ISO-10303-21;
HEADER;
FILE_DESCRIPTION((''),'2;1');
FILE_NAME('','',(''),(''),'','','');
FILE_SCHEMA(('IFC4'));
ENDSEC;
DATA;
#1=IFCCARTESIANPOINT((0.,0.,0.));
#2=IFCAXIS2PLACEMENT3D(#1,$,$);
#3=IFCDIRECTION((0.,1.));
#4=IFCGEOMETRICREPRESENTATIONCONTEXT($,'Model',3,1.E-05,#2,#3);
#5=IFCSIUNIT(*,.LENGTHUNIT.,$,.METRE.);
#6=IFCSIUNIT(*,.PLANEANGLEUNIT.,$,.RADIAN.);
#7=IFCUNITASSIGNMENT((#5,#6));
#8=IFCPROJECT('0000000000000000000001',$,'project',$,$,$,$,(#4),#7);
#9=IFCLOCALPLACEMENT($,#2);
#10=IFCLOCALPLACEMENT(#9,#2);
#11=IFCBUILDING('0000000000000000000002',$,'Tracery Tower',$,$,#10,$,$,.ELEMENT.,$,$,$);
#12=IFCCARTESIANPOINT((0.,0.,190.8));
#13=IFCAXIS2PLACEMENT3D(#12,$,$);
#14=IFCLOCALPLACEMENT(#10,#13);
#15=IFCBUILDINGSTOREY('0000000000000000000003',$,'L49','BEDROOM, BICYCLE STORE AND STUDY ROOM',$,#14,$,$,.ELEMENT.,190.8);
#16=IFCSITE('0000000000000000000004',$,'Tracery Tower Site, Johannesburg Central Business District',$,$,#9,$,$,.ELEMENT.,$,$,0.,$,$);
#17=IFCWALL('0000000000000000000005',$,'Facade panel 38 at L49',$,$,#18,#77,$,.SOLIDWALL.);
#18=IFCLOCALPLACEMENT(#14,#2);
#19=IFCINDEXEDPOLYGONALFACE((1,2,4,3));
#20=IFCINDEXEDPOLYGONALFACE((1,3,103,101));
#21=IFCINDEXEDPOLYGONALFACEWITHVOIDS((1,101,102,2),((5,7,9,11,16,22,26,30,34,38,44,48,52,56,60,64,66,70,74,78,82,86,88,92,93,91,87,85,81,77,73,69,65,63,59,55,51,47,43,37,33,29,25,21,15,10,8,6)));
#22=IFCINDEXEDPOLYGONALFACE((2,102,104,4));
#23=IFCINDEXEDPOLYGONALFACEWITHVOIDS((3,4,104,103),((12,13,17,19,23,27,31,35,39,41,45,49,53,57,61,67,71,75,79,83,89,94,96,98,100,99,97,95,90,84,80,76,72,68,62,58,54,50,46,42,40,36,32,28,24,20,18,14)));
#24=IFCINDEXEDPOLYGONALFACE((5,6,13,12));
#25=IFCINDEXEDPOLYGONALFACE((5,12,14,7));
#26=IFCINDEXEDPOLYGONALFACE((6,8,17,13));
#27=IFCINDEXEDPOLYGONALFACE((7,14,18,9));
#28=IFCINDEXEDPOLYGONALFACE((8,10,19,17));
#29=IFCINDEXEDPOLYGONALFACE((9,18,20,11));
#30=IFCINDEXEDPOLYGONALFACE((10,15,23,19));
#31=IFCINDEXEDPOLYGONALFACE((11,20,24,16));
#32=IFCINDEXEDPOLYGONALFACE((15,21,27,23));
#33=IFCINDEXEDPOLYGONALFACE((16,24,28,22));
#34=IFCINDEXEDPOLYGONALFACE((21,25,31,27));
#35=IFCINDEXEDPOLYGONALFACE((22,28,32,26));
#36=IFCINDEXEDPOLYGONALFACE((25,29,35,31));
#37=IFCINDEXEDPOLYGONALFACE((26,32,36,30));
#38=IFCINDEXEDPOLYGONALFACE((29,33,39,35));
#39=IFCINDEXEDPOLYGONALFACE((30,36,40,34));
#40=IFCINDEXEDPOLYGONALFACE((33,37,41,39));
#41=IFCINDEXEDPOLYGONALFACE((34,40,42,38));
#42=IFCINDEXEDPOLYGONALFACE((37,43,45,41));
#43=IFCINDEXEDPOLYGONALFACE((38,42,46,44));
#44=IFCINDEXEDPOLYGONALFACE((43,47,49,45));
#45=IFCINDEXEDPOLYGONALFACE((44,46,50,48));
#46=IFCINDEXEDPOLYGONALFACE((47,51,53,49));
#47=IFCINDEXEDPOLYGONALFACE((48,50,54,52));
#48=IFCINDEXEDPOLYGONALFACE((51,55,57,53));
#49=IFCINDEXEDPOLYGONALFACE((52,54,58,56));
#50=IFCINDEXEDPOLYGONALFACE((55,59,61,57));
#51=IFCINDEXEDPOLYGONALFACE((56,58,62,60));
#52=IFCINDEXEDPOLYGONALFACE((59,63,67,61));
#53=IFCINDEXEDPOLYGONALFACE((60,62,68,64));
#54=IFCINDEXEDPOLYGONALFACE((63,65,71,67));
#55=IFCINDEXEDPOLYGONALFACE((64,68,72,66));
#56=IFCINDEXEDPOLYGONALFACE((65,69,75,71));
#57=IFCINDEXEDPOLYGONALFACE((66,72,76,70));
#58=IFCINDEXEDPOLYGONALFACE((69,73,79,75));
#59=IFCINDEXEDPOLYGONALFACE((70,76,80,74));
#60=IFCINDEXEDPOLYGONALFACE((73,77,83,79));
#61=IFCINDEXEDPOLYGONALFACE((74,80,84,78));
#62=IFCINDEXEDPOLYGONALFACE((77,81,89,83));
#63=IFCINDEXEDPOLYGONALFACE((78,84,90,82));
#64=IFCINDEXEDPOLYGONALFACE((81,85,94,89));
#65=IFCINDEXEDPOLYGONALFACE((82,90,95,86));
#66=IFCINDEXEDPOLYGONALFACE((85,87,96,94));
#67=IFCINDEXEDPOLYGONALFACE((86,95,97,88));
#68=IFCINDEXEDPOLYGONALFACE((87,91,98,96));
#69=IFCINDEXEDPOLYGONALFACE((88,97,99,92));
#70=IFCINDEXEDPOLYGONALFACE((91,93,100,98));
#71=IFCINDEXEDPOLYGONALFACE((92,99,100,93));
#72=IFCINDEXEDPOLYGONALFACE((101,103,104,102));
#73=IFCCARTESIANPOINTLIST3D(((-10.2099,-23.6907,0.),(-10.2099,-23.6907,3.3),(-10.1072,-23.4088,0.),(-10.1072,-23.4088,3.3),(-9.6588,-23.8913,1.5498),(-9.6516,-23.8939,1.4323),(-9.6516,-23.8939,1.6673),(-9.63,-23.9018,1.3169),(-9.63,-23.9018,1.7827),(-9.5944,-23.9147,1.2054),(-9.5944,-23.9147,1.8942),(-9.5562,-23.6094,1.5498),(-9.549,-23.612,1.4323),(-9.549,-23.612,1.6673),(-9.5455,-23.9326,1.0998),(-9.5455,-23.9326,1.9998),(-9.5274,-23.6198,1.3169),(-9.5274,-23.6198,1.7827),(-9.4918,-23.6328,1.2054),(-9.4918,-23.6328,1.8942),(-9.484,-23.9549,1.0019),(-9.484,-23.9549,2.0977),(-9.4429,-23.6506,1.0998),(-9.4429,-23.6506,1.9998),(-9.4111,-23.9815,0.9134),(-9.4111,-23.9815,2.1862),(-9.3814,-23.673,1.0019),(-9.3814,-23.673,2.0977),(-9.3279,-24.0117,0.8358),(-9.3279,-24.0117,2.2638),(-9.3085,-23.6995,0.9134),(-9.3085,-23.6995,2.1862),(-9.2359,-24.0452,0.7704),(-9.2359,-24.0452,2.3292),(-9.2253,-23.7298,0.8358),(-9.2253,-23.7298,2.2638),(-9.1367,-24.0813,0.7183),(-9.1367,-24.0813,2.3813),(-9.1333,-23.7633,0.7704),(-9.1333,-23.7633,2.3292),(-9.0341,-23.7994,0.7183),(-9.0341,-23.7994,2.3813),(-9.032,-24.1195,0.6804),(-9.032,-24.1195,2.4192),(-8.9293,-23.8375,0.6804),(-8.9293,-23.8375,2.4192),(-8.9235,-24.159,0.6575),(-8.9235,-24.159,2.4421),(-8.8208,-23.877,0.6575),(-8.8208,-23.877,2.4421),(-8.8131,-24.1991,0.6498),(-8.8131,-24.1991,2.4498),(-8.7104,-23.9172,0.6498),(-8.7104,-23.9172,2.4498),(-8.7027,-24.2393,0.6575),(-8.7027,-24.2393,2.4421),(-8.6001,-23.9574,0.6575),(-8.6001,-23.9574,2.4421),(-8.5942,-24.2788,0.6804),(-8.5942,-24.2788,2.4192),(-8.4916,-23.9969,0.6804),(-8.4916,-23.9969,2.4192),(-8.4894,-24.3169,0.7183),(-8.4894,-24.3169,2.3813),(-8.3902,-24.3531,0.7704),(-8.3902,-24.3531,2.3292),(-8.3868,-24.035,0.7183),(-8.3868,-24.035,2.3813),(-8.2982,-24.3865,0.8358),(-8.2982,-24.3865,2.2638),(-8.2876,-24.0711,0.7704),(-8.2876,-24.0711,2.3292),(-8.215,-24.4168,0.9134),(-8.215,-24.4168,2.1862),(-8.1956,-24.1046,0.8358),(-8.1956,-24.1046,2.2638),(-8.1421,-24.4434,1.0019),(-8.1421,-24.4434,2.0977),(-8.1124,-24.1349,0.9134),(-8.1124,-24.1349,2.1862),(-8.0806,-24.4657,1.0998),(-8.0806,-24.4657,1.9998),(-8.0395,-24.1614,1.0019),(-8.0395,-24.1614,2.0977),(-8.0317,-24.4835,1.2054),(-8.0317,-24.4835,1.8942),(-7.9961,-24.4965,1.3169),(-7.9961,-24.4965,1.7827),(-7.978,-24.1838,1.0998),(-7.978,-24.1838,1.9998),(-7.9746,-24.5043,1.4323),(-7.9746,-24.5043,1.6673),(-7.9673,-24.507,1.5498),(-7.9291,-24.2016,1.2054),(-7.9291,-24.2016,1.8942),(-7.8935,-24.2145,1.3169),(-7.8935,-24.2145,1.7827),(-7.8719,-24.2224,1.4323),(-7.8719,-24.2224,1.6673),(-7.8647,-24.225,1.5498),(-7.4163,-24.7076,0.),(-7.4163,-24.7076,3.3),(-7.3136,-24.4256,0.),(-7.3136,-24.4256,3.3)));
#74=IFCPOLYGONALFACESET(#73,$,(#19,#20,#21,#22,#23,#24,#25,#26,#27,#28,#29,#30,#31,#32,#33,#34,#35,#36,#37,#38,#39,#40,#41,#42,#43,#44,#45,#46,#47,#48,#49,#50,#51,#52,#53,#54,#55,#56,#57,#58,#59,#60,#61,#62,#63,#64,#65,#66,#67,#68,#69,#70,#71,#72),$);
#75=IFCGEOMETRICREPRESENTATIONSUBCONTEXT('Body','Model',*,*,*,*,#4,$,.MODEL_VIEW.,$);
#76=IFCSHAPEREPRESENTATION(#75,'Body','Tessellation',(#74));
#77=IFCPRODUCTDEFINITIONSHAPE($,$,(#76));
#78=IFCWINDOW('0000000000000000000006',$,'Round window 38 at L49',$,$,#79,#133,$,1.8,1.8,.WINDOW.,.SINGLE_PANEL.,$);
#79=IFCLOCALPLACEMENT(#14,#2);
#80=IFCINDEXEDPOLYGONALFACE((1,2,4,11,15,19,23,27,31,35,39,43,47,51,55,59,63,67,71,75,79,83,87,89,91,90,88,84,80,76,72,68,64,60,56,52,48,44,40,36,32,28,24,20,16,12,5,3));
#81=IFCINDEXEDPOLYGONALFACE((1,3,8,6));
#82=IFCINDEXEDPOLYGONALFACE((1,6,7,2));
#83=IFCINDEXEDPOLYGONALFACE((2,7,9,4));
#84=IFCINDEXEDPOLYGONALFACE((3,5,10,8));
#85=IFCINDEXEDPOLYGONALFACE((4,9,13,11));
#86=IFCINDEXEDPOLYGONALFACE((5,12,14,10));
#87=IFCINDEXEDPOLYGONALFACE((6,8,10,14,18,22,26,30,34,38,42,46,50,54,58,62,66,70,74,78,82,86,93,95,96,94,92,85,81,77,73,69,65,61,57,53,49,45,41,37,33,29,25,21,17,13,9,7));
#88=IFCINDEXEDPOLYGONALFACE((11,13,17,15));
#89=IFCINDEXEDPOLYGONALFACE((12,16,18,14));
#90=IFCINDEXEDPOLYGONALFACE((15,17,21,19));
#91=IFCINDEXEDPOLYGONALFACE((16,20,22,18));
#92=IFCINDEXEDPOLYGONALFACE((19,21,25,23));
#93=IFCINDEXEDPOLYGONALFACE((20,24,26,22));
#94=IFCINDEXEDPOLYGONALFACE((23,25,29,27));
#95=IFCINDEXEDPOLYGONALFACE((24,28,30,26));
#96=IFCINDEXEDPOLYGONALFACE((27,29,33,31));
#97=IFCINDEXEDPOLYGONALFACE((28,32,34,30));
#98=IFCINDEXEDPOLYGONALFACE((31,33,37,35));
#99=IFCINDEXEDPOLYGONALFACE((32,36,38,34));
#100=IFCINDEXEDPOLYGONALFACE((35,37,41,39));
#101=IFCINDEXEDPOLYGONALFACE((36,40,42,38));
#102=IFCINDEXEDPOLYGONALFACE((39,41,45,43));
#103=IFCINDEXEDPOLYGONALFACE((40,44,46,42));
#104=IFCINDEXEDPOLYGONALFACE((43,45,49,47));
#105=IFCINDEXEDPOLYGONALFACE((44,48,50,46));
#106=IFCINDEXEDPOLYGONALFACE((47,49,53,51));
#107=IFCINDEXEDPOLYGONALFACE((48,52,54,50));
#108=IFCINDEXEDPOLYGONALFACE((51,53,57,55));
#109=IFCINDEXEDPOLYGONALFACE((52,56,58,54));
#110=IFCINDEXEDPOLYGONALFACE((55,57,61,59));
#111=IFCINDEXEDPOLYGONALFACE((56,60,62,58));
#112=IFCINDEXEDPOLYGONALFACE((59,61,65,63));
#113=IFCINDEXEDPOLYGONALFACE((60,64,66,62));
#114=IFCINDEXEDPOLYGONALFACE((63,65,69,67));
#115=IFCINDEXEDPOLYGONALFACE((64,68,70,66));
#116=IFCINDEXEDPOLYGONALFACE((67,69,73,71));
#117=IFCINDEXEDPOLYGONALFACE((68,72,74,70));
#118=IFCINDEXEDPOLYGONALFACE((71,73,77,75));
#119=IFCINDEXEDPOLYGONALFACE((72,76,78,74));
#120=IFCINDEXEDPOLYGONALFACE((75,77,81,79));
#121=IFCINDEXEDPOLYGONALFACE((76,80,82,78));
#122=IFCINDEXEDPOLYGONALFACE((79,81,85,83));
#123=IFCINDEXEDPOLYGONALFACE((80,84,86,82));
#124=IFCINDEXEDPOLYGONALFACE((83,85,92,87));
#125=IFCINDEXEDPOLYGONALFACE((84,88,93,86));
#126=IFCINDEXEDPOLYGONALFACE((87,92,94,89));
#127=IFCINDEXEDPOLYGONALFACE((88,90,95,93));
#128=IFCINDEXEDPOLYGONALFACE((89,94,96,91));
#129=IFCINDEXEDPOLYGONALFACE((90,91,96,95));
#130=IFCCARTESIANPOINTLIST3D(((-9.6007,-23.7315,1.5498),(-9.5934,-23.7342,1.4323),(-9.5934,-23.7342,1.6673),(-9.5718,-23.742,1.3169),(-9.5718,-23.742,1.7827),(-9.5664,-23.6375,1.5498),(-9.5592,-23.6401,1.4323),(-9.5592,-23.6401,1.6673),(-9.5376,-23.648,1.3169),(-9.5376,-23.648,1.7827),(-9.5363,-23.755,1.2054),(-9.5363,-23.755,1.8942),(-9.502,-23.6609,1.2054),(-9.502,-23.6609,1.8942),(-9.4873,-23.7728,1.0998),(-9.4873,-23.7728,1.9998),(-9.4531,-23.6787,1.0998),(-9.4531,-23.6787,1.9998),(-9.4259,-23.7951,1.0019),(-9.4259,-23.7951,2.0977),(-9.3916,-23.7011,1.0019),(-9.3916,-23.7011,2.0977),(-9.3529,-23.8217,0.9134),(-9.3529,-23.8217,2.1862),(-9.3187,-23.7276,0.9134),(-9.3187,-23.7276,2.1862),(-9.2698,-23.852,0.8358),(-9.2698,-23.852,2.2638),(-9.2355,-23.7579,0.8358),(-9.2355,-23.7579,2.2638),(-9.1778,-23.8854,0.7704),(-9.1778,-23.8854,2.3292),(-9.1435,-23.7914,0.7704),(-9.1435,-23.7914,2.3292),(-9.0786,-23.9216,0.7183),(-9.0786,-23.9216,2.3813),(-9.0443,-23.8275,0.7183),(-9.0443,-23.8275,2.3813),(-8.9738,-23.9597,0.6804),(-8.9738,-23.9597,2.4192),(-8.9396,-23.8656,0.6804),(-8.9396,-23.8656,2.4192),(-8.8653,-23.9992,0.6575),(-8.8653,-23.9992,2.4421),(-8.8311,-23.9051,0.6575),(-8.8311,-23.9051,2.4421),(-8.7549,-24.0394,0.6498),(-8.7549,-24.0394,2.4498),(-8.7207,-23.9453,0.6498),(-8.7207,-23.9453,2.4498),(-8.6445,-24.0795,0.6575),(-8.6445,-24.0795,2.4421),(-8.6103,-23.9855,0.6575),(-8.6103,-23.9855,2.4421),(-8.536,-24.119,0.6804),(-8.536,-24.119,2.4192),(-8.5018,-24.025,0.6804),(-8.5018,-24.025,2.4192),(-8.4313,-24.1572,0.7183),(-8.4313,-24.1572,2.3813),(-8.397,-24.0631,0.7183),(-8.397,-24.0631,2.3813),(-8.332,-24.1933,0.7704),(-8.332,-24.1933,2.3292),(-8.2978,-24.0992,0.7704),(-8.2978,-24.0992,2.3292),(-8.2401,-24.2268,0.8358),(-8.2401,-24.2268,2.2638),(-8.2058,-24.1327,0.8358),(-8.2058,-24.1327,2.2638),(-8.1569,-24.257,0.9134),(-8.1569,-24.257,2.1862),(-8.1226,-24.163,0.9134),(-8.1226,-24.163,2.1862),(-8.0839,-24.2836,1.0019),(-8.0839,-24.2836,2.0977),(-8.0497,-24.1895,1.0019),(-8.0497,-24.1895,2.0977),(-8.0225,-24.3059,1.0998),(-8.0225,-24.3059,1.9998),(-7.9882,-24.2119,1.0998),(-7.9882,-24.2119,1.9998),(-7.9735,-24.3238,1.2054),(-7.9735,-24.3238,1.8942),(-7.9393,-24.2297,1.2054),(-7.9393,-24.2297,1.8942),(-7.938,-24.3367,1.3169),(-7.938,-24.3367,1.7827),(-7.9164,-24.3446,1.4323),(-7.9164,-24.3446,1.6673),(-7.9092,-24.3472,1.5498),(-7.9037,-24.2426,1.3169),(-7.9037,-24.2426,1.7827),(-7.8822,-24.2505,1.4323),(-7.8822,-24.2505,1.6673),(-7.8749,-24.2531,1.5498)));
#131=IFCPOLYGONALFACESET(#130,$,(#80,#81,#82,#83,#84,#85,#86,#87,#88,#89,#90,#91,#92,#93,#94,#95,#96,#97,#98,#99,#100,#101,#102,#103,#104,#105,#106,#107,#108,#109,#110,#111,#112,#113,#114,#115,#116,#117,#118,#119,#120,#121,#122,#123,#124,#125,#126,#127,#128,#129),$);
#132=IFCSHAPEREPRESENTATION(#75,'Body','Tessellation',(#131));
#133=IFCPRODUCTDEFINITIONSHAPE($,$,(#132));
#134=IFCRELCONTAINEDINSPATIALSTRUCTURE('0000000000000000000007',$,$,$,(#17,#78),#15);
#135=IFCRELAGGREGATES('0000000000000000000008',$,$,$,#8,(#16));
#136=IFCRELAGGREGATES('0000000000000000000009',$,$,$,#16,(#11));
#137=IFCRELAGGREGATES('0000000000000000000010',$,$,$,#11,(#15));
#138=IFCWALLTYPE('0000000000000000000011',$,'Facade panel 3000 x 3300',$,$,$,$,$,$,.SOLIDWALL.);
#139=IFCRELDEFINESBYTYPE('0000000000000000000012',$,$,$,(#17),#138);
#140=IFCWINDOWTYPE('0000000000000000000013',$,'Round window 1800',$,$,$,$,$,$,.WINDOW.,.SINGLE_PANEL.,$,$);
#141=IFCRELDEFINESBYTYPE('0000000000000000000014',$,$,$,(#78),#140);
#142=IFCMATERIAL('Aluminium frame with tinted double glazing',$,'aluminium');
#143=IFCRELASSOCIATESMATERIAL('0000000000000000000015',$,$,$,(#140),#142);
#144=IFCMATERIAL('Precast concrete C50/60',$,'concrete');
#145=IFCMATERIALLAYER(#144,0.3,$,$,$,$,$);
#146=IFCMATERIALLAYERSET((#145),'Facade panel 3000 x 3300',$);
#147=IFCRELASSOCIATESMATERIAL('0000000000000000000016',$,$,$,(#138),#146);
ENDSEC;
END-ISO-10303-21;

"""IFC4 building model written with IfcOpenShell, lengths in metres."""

from ifc_helpers import new_model, si_unit, direction, frame, frame_2d, origin, origin_2d, place, context, subcontext, project, spatial, rectangle, circle, extrude, material, layer, layer_set, type_object, element, fill, save


model = new_model("IFC4")

# Units and contexts
model_context = context("Model", 3, precision=1e-05, world=origin(), true_north=direction((0.0, 1.0)))
body_context = subcontext(model_context, "Body", "Model", "MODEL_VIEW")
ifc_project = project(units=[si_unit("LENGTHUNIT", "METRE"), si_unit("PLANEANGLEUNIT", "RADIAN")], contexts=[model_context])

# Site, building, storey
site_placement = place(None, origin())
site = spatial("IfcSite", under=ifc_project, at=site_placement, Name="Tracery Tower Site, Johannesburg Central Business District", CompositionType="ELEMENT", RefElevation=0.0)
building_placement = place(site_placement, origin())
building = spatial("IfcBuilding", under=site, at=building_placement, Name="Tracery Tower", CompositionType="ELEMENT")
storey_placement = place(building_placement, frame((0.0, 0.0, 190.8)))
storey = spatial("IfcBuildingStorey", under=building, at=storey_placement, Name="L49", Description="BEDROOM, BICYCLE STORE AND STUDY ROOM", CompositionType="ELEMENT", Elevation=190.8)

# Wall, opening, window
ifc_material_1 = material(Name="Aluminium frame with tinted double glazing", Category="aluminium")
window_type = type_object("IfcWindowType", Name="Round window 1800", PartitioningType="SINGLE_PANEL", PredefinedType="WINDOW", material=ifc_material_1)
ifc_material_2 = material(Name="Precast concrete C50/60", Category="concrete")
ifc_layer_1 = layer(ifc_material_2, 0.3)
ifc_layer_set_1 = layer_set([ifc_layer_1], Name="Facade panel 3000 x 3300")
wall_type_1 = type_object("IfcWallType", Name="Facade panel 3000 x 3300", PredefinedType="SOLIDWALL", material=ifc_layer_set_1)
wall_1_placement = place(storey_placement, frame((-10.1584, -23.5498, 0.0), z_axis=(0.0, 0.0, 1.0), x_axis=(0.93969, -0.342027, 0.0)))
wall_1 = element("IfcWall", 1, at=wall_1_placement, inside=storey, type_object=wall_type_1, Name="Facade panel 38 at L49", PredefinedType="SOLIDWALL", context=body_context, shape_type="SweptSolid", body=[
    extrude(rectangle(XDim=2.9729, YDim=0.3, at=frame_2d((1.4863, 0.0))), origin(), (0.0, 0.0, 1.0), 3.3),
])
opening_1_placement = place(wall_1_placement, frame((1.4863, 0.0, 1.5498)))
opening_1 = element("IfcOpeningElement", 2, at=opening_1_placement, cuts=wall_1, PredefinedType="OPENING", context=body_context, shape_type="SweptSolid", body=[
    extrude(circle(Radius=0.9, at=origin_2d()), frame((0.0, 0.1599, 0.0), z_axis=(0.0, -1.0, 0.0), x_axis=(1.0, 0.0, 0.0)), (0.0, 0.0, 1.0), 0.3201),
])
window_1_placement = place(opening_1_placement, origin())
window_1 = element("IfcWindow", 3, at=window_1_placement, inside=storey, type_object=window_type, Name="Round window 38 at L49", OverallHeight=1.8, OverallWidth=1.8, PartitioningType="SINGLE_PANEL", PredefinedType="WINDOW", context=body_context, shape_type="SweptSolid", body=[
    extrude(circle(Radius=0.9, at=origin_2d()), frame((0.0, 0.1201, 0.0), z_axis=(0.0, -1.0, 0.0), x_axis=(1.0, 0.0, 0.0)), (0.0, 0.0, 1.0), 0.1001),
])
fill(opening_1, window_1)

save(model, "model.ifc")
